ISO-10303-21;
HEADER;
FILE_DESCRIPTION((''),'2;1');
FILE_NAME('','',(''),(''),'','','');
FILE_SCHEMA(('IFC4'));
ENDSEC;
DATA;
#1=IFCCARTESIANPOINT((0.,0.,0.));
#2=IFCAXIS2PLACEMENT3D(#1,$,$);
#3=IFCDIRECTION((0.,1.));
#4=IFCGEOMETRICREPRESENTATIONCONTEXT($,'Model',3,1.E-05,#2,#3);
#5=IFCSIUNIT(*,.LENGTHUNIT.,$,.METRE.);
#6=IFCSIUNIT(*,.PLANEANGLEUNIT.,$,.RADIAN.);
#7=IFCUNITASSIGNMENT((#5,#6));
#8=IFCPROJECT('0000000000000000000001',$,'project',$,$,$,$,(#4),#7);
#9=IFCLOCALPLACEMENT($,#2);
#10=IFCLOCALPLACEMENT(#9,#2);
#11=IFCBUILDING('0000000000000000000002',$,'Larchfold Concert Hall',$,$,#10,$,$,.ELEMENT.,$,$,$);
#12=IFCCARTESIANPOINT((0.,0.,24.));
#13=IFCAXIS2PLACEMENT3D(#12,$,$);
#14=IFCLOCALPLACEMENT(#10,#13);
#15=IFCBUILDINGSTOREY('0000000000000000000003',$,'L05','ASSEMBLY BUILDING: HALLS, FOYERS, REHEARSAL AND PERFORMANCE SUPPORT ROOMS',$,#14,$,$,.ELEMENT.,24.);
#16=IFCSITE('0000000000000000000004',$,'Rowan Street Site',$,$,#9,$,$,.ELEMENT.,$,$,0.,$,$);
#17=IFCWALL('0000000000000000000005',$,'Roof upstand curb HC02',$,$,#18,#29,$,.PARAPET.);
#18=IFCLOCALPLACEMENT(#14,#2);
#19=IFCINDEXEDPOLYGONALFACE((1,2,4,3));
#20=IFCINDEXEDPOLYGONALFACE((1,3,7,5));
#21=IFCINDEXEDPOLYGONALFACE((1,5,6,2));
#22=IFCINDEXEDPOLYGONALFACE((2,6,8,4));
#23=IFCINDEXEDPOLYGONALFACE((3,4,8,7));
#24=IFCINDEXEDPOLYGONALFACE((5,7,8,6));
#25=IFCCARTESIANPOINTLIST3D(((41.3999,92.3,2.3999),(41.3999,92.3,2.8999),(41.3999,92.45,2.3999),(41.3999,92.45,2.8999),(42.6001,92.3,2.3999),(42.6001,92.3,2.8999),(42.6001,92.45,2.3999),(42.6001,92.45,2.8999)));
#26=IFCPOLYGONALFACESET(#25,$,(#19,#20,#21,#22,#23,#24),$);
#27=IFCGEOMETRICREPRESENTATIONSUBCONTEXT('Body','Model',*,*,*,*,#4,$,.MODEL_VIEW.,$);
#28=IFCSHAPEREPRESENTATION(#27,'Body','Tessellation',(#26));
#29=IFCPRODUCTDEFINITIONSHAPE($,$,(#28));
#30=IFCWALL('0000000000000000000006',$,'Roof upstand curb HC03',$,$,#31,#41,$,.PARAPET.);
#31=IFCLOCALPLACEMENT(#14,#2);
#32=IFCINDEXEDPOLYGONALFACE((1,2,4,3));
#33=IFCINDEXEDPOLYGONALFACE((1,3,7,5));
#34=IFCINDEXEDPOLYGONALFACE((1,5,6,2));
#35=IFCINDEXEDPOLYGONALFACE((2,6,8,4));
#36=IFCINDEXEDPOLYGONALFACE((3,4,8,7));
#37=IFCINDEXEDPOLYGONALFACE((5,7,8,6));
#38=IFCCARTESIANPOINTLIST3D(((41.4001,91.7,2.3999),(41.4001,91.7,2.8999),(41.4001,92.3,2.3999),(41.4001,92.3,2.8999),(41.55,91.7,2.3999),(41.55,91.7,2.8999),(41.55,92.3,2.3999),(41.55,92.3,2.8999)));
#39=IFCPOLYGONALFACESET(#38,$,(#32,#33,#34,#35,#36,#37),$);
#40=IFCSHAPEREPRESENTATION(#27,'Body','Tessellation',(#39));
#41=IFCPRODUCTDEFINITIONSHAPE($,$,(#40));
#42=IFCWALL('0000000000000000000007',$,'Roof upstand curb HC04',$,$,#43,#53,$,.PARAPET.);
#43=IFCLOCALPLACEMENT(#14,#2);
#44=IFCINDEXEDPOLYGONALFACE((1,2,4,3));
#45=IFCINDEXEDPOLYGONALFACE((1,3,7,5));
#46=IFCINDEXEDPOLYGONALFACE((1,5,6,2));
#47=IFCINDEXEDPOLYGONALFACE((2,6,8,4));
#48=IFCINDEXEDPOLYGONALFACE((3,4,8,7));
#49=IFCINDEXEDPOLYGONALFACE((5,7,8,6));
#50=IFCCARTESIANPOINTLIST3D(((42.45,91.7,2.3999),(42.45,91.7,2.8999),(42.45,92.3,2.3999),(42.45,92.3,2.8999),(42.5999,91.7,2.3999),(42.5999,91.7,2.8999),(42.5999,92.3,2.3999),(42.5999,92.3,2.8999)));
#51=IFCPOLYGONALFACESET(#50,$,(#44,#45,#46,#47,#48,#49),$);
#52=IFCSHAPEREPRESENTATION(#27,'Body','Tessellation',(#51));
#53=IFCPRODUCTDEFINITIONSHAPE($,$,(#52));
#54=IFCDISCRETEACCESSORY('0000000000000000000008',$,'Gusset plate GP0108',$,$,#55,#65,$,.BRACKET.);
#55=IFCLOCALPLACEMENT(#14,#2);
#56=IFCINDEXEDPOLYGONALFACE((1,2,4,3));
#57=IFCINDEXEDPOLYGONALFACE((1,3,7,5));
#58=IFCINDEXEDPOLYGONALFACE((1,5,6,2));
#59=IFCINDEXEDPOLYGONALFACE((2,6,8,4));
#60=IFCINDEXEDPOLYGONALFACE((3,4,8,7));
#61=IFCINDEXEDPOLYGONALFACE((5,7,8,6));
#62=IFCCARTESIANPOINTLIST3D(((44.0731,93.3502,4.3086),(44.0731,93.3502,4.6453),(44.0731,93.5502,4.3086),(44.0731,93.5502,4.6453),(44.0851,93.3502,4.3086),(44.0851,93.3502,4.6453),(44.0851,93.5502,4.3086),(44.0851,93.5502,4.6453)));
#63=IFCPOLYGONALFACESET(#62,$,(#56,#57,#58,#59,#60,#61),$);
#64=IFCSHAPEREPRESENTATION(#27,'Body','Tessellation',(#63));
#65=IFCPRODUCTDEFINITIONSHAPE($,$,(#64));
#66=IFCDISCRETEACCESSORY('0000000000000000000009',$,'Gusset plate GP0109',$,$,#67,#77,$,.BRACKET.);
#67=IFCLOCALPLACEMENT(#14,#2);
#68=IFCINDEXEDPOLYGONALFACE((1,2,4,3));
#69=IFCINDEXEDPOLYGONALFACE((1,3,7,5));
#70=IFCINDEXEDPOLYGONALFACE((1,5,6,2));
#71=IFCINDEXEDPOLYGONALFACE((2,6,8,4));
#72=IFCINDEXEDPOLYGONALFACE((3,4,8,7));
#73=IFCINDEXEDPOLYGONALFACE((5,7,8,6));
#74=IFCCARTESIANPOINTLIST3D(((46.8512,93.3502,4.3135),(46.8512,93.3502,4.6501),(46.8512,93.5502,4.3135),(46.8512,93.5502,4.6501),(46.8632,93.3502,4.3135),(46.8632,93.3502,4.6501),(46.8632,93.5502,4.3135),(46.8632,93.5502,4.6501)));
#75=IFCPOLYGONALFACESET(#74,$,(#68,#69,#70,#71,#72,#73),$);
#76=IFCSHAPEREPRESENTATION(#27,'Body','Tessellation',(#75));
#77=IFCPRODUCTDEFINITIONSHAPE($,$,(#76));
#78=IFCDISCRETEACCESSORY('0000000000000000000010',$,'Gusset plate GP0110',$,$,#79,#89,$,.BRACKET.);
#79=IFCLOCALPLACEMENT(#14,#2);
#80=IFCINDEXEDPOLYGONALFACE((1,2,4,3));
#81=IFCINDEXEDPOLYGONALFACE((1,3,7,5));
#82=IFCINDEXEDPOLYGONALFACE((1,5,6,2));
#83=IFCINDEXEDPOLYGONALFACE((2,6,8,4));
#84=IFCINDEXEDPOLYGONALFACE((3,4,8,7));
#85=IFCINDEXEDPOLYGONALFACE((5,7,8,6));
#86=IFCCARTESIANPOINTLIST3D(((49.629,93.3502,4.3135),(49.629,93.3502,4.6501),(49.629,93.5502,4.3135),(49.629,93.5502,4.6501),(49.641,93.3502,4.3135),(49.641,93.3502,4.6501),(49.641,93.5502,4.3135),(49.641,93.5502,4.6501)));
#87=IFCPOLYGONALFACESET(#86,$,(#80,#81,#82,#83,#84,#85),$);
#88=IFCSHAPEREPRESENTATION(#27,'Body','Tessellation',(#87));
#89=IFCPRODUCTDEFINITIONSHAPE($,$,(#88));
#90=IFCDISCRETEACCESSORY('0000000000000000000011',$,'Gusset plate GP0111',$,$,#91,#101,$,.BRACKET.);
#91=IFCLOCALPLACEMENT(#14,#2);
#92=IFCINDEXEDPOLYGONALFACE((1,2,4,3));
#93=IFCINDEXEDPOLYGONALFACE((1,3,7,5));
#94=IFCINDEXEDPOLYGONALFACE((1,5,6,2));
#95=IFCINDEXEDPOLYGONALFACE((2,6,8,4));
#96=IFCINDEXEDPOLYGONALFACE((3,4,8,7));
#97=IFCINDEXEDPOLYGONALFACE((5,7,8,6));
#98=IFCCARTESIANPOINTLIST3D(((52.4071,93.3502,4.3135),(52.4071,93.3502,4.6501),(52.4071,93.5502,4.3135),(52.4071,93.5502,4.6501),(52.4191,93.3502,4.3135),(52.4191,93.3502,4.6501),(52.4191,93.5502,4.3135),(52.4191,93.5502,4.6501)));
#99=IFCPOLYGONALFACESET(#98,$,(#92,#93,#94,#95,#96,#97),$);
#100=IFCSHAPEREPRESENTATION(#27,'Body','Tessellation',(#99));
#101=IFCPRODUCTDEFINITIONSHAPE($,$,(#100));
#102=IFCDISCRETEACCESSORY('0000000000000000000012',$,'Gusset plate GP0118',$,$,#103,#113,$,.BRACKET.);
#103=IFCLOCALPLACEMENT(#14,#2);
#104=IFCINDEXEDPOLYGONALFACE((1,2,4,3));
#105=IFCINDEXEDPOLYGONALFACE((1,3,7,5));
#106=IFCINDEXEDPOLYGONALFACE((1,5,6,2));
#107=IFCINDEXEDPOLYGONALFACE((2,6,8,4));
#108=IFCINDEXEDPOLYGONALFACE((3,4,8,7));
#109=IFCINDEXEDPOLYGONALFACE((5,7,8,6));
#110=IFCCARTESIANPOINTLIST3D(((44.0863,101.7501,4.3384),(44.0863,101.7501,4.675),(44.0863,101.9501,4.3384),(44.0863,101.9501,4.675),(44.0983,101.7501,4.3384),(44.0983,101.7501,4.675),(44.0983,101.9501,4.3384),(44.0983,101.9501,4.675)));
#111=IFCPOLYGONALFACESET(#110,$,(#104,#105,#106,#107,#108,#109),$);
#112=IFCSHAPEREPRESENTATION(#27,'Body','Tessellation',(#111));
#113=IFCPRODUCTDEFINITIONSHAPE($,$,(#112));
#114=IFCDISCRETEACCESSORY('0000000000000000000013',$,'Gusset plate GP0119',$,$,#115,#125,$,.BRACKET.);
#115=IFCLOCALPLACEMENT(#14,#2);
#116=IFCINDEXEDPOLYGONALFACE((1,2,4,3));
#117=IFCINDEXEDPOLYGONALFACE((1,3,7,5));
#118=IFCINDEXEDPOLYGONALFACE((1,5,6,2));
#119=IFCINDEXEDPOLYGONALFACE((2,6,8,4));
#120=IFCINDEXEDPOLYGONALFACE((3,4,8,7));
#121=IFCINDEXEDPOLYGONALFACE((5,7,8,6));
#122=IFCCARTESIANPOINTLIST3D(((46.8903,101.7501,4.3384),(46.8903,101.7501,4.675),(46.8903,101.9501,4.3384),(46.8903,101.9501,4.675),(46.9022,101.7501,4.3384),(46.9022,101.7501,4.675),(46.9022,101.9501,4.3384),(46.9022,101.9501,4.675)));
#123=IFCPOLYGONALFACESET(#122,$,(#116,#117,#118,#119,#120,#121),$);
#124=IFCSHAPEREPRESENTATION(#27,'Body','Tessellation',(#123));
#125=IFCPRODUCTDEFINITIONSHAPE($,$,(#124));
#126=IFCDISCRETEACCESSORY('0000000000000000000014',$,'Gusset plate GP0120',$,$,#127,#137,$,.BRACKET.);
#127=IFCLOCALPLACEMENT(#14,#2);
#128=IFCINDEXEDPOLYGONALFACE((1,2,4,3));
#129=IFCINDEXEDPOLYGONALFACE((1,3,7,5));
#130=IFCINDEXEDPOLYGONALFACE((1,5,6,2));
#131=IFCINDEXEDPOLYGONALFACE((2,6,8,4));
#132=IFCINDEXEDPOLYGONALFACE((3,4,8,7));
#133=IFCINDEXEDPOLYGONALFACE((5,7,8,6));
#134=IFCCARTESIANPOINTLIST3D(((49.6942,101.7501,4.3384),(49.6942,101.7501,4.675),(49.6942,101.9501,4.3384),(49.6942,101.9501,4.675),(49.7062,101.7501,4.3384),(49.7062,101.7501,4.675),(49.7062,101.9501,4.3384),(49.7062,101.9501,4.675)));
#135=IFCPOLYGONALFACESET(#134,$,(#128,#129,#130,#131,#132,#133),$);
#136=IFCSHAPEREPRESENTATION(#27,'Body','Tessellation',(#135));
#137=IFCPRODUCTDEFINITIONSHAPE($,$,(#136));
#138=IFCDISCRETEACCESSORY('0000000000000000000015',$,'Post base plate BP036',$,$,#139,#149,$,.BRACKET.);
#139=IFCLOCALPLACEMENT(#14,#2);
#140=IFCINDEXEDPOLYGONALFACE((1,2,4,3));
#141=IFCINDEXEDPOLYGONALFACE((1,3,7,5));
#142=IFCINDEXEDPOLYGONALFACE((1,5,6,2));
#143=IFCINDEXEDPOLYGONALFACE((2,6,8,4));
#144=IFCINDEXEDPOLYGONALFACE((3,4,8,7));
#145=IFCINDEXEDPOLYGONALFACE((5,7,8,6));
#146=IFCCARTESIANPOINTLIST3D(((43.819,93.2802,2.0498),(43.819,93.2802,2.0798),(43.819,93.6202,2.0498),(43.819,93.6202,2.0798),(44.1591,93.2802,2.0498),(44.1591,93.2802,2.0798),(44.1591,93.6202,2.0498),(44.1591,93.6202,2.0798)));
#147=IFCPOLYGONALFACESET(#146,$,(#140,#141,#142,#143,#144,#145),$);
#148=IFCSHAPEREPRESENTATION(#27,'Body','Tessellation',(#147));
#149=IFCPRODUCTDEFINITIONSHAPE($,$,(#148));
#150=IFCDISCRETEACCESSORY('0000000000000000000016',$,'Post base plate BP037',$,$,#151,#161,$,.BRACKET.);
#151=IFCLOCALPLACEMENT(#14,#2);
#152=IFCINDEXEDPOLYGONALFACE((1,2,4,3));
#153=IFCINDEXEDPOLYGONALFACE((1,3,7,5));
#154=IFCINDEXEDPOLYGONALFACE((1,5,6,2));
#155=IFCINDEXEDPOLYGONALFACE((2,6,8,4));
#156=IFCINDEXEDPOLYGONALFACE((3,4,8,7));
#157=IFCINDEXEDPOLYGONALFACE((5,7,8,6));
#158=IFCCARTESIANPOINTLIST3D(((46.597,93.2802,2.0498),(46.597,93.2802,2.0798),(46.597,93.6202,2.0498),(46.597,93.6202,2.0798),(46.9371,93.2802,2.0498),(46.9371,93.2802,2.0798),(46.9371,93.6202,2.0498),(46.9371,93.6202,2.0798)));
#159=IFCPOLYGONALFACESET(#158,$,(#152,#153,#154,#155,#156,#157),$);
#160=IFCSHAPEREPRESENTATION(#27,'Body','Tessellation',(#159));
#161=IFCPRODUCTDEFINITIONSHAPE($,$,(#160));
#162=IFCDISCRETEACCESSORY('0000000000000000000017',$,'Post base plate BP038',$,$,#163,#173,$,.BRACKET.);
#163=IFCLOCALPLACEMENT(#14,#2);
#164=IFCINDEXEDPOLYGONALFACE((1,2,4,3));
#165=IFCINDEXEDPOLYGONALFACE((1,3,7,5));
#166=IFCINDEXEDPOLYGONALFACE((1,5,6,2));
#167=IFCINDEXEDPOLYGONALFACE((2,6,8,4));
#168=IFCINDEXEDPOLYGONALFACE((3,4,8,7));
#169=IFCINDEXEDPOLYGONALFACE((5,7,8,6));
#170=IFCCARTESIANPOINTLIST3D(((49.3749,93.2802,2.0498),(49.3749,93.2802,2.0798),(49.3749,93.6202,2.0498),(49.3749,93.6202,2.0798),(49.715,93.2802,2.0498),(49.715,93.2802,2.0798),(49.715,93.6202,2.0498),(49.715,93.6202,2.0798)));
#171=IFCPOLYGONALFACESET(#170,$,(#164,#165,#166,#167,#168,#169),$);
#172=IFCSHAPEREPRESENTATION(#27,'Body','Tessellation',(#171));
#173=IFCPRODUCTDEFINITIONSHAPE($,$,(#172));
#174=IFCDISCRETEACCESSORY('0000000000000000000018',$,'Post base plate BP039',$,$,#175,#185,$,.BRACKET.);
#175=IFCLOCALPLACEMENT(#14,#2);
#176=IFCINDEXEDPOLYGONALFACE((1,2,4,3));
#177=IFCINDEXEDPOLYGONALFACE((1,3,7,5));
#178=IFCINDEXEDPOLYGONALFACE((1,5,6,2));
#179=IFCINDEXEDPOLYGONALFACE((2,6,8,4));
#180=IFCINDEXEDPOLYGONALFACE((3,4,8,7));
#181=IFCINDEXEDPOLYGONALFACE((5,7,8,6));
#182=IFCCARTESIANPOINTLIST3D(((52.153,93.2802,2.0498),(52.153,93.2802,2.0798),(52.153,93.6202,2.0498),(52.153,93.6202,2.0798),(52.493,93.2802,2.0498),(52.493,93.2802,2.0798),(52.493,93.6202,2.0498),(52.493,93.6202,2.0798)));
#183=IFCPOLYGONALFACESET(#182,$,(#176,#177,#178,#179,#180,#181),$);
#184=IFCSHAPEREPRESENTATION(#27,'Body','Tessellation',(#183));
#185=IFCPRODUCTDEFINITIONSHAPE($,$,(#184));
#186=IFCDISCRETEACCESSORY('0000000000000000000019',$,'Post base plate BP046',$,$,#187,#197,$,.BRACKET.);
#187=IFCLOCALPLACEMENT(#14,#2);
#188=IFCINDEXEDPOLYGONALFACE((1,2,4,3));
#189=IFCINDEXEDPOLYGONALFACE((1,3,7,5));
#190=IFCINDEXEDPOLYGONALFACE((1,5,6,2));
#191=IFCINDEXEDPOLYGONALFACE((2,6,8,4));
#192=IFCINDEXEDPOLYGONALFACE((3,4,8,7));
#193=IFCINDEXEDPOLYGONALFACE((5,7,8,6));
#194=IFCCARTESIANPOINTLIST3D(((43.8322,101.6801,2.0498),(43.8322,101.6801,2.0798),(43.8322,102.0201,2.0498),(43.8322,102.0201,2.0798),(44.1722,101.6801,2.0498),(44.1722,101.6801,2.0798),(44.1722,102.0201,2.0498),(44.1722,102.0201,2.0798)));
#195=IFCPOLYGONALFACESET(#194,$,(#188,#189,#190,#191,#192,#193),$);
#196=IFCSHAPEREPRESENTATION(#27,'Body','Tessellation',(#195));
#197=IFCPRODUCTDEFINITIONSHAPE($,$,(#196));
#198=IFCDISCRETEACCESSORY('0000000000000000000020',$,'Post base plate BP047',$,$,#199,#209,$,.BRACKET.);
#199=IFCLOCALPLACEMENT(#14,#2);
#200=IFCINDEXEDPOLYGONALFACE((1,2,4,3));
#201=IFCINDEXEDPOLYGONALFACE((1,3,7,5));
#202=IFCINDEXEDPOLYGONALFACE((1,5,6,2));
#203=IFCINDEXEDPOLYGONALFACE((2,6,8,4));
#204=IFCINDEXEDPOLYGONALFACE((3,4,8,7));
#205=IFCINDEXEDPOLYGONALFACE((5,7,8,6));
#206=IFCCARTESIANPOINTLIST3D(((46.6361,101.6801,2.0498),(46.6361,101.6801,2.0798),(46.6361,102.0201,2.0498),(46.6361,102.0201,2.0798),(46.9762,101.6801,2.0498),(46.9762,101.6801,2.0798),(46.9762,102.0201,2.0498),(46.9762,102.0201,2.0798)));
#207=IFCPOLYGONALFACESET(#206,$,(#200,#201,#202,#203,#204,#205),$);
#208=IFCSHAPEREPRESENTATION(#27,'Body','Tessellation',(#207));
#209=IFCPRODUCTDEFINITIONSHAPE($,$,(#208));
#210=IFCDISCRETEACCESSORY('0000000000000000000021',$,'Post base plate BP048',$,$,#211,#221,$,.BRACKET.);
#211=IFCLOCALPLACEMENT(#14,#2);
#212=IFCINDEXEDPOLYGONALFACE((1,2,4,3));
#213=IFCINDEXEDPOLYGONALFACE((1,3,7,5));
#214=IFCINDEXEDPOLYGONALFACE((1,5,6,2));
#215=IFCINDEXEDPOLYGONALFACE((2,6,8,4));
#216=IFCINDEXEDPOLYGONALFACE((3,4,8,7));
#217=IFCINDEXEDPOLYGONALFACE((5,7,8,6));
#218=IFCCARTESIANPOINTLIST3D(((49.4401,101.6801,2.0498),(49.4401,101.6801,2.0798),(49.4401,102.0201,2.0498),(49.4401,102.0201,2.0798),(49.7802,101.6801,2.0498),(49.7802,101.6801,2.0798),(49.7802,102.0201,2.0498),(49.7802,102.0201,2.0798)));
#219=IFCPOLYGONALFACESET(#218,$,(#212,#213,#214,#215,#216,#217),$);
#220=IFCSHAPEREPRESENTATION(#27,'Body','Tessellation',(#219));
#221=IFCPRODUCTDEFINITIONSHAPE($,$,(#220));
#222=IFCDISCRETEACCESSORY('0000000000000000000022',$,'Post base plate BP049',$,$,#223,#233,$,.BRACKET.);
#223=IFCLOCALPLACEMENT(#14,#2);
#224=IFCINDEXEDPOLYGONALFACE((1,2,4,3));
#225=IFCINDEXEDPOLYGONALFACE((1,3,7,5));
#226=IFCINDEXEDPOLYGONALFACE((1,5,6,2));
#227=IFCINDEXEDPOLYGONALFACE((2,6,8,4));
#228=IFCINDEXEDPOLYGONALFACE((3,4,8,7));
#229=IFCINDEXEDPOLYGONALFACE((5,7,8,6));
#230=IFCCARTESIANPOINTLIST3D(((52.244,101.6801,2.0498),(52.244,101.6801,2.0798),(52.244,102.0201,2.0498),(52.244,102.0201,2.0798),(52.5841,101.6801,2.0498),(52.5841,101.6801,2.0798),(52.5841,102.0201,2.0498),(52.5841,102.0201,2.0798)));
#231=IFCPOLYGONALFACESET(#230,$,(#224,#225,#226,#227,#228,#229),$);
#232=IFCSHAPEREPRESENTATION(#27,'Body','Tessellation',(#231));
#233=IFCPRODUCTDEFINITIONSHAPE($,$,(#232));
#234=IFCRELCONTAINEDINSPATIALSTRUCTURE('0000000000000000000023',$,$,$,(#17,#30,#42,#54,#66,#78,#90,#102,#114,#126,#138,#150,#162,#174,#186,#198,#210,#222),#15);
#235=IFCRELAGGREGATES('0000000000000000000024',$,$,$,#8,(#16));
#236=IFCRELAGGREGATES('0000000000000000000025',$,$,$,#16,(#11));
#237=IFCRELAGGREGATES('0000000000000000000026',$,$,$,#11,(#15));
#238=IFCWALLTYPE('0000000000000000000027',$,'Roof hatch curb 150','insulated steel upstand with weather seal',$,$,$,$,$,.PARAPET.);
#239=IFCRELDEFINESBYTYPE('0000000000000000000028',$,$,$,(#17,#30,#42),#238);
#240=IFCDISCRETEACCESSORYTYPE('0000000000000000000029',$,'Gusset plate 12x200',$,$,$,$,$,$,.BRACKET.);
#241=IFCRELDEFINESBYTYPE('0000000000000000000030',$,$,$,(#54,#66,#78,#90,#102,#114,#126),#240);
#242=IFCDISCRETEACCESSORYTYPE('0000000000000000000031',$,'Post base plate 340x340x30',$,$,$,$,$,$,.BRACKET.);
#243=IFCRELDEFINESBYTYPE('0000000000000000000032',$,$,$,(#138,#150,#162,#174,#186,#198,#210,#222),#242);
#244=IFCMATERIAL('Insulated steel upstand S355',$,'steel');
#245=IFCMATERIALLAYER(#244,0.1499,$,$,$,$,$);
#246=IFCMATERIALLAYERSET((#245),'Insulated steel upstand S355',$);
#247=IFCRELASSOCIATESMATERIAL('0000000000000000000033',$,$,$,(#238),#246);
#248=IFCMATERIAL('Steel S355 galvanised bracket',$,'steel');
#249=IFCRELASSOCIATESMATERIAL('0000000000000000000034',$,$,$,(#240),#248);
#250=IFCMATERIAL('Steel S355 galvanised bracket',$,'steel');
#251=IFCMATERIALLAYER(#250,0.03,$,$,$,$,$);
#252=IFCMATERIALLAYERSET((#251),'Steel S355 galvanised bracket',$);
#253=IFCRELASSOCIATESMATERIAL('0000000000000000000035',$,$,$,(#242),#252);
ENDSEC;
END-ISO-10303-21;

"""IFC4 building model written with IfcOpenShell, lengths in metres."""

from ifc_helpers import new_model, si_unit, direction, frame, frame_2d, origin, origin_2d, place, context, subcontext, project, spatial, rectangle, extrude, material, layer, layer_set, material_profile, profile_set, type_object, element, save


model = new_model("IFC4")

# Units and contexts
model_context = context("Model", 3, precision=1e-05, world=origin(), true_north=direction((0.0, 1.0)))
body_context = subcontext(model_context, "Body", "Model", "MODEL_VIEW")
ifc_project = project(units=[si_unit("LENGTHUNIT", "METRE"), si_unit("PLANEANGLEUNIT", "RADIAN")], contexts=[model_context])

# Site, building, storey
site_placement = place(None, origin())
site = spatial("IfcSite", under=ifc_project, at=site_placement, Name="Rowan Street Site", CompositionType="ELEMENT", RefElevation=0.0)
building_placement = place(site_placement, origin())
building = spatial("IfcBuilding", under=site, at=building_placement, Name="Larchfold Concert Hall", CompositionType="ELEMENT")
storey_placement = place(building_placement, frame((0.0, 0.0, 24.0)))
storey = spatial("IfcBuildingStorey", under=building, at=storey_placement, Name="L05", Description="ASSEMBLY BUILDING: HALLS, FOYERS, REHEARSAL AND PERFORMANCE SUPPORT ROOMS", CompositionType="ELEMENT", Elevation=24.0)

# Walls
ifc_material_1 = material(Name="Insulated steel upstand S355", Category="steel")
ifc_layer_1 = layer(ifc_material_1, 0.1499)
ifc_layer_set_1 = layer_set([ifc_layer_1], Name="Insulated steel upstand S355")
wall_type = type_object("IfcWallType", Name="Roof hatch curb 150", Description="insulated steel upstand with weather seal", PredefinedType="PARAPET", material=ifc_layer_set_1)
wall_placement = place(storey_placement, frame((41.3999, 92.375, 2.3999), z_axis=(0.0, 0.0, 1.0), x_axis=(1.0, 0.0, 0.0)))
element("IfcWall", 1, at=wall_placement, inside=storey, type_object=wall_type, Name="Roof upstand curb HC02", PredefinedType="PARAPET", context=body_context, shape_type="SweptSolid", body=[
    extrude(rectangle(XDim=1.2002, YDim=0.1499, at=frame_2d((0.6001, 0.0))), origin(), (0.0, 0.0, 1.0), 0.5),
])
for number, where, z_axis, x_axis, name in (
    (2, (41.4751, 91.7, 2.3999), (0.0, 0.0, 1.0), (0.0, 1.0, 0.0), "Roof upstand curb HC03"),
    (3, (42.5249, 91.7, 2.3999), (0.0, 0.0, 1.0), (0.0, 1.0, 0.0), "Roof upstand curb HC04"),
):
    element("IfcWall", number, at=place(storey_placement, frame(where, z_axis=z_axis, x_axis=x_axis)), inside=storey, type_object=wall_type, Name=name, PredefinedType="PARAPET", context=body_context, shape_type="SweptSolid", body=[
        extrude(rectangle(XDim=0.6001, YDim=0.1499, at=frame_2d((0.3, 0.0))), origin(), (0.0, 0.0, 1.0), 0.5),
    ])

# Discrete accessories
ifc_material_2 = material(Name="Steel S355 galvanised bracket", Category="steel")
ifc_material_profile_1 = material_profile(ifc_material_2, rectangle(XDim=0.012, YDim=0.2, at=origin_2d()))
ifc_profile_set_1 = profile_set([ifc_material_profile_1], Name="Steel S355 galvanised bracket")
discrete_accessory_type_1 = type_object("IfcDiscreteAccessoryType", Name="Gusset plate 12x200", PredefinedType="BRACKET", material=ifc_profile_set_1)
for number, where, z_axis, x_axis, name in (
    (4, (44.0791, 93.4502, 4.3086), (0.0, 0.0, 1.0), (1.0, 0.0, 0.0), "Gusset plate GP0108"),
    (5, (46.8572, 93.4502, 4.3135), (0.0, 0.0, 1.0), (1.0, 0.0, 0.0), "Gusset plate GP0109"),
    (6, (49.635, 93.4502, 4.3135), (0.0, 0.0, 1.0), (1.0, 0.0, 0.0), "Gusset plate GP0110"),
    (7, (52.4131, 93.4502, 4.3135), (0.0, 0.0, 1.0), (1.0, 0.0, 0.0), "Gusset plate GP0111"),
    (8, (44.0923, 101.8501, 4.3384), (0.0, 0.0, 1.0), (1.0, 0.0, 0.0), "Gusset plate GP0118"),
    (9, (46.8962, 101.8501, 4.3384), (0.0, 0.0, 1.0), (1.0, 0.0, 0.0), "Gusset plate GP0119"),
    (10, (49.7002, 101.8501, 4.3384), (0.0, 0.0, 1.0), (1.0, 0.0, 0.0), "Gusset plate GP0120"),
):
    element("IfcDiscreteAccessory", number, at=place(storey_placement, frame(where, z_axis=z_axis, x_axis=x_axis)), inside=storey, type_object=discrete_accessory_type_1, Name=name, PredefinedType="BRACKET", context=body_context, shape_type="SweptSolid", body=[
        extrude(rectangle(XDim=0.012, YDim=0.2, at=origin_2d()), origin(), (0.0, 0.0, 1.0), 0.3367),
    ])
ifc_material_3 = material(Name="Steel S355 galvanised bracket", Category="steel")
ifc_layer_2 = layer(ifc_material_3, 0.03)
ifc_layer_set_2 = layer_set([ifc_layer_2], Name="Steel S355 galvanised bracket")
discrete_accessory_type_2 = type_object("IfcDiscreteAccessoryType", Name="Post base plate 340x340x30", PredefinedType="BRACKET", material=ifc_layer_set_2)
for number, where, z_axis, x_axis, name in (
    (11, (43.989, 93.4502, 2.0498), (0.0, 0.0, 1.0), (1.0, 0.0, 0.0), "Post base plate BP036"),
    (12, (46.7671, 93.4502, 2.0498), (0.0, 0.0, 1.0), (1.0, 0.0, 0.0), "Post base plate BP037"),
    (13, (49.5449, 93.4502, 2.0498), (0.0, 0.0, 1.0), (1.0, 0.0, 0.0), "Post base plate BP038"),
    (14, (52.323, 93.4502, 2.0498), (0.0, 0.0, 1.0), (1.0, 0.0, 0.0), "Post base plate BP039"),
    (15, (44.0022, 101.8501, 2.0498), (0.0, 0.0, 1.0), (1.0, 0.0, 0.0), "Post base plate BP046"),
    (16, (46.8062, 101.8501, 2.0498), (0.0, 0.0, 1.0), (1.0, 0.0, 0.0), "Post base plate BP047"),
    (17, (49.6101, 101.8501, 2.0498), (0.0, 0.0, 1.0), (1.0, 0.0, 0.0), "Post base plate BP048"),
    (18, (52.4141, 101.8501, 2.0498), (0.0, 0.0, 1.0), (1.0, 0.0, 0.0), "Post base plate BP049"),
):
    element("IfcDiscreteAccessory", number, at=place(storey_placement, frame(where, z_axis=z_axis, x_axis=x_axis)), inside=storey, type_object=discrete_accessory_type_2, Name=name, PredefinedType="BRACKET", context=body_context, shape_type="SweptSolid", body=[
        extrude(rectangle(XDim=0.3401, YDim=0.3401, at=origin_2d()), origin(), (0.0, 0.0, 1.0), 0.03),
    ])

save(model, "model.ifc")
